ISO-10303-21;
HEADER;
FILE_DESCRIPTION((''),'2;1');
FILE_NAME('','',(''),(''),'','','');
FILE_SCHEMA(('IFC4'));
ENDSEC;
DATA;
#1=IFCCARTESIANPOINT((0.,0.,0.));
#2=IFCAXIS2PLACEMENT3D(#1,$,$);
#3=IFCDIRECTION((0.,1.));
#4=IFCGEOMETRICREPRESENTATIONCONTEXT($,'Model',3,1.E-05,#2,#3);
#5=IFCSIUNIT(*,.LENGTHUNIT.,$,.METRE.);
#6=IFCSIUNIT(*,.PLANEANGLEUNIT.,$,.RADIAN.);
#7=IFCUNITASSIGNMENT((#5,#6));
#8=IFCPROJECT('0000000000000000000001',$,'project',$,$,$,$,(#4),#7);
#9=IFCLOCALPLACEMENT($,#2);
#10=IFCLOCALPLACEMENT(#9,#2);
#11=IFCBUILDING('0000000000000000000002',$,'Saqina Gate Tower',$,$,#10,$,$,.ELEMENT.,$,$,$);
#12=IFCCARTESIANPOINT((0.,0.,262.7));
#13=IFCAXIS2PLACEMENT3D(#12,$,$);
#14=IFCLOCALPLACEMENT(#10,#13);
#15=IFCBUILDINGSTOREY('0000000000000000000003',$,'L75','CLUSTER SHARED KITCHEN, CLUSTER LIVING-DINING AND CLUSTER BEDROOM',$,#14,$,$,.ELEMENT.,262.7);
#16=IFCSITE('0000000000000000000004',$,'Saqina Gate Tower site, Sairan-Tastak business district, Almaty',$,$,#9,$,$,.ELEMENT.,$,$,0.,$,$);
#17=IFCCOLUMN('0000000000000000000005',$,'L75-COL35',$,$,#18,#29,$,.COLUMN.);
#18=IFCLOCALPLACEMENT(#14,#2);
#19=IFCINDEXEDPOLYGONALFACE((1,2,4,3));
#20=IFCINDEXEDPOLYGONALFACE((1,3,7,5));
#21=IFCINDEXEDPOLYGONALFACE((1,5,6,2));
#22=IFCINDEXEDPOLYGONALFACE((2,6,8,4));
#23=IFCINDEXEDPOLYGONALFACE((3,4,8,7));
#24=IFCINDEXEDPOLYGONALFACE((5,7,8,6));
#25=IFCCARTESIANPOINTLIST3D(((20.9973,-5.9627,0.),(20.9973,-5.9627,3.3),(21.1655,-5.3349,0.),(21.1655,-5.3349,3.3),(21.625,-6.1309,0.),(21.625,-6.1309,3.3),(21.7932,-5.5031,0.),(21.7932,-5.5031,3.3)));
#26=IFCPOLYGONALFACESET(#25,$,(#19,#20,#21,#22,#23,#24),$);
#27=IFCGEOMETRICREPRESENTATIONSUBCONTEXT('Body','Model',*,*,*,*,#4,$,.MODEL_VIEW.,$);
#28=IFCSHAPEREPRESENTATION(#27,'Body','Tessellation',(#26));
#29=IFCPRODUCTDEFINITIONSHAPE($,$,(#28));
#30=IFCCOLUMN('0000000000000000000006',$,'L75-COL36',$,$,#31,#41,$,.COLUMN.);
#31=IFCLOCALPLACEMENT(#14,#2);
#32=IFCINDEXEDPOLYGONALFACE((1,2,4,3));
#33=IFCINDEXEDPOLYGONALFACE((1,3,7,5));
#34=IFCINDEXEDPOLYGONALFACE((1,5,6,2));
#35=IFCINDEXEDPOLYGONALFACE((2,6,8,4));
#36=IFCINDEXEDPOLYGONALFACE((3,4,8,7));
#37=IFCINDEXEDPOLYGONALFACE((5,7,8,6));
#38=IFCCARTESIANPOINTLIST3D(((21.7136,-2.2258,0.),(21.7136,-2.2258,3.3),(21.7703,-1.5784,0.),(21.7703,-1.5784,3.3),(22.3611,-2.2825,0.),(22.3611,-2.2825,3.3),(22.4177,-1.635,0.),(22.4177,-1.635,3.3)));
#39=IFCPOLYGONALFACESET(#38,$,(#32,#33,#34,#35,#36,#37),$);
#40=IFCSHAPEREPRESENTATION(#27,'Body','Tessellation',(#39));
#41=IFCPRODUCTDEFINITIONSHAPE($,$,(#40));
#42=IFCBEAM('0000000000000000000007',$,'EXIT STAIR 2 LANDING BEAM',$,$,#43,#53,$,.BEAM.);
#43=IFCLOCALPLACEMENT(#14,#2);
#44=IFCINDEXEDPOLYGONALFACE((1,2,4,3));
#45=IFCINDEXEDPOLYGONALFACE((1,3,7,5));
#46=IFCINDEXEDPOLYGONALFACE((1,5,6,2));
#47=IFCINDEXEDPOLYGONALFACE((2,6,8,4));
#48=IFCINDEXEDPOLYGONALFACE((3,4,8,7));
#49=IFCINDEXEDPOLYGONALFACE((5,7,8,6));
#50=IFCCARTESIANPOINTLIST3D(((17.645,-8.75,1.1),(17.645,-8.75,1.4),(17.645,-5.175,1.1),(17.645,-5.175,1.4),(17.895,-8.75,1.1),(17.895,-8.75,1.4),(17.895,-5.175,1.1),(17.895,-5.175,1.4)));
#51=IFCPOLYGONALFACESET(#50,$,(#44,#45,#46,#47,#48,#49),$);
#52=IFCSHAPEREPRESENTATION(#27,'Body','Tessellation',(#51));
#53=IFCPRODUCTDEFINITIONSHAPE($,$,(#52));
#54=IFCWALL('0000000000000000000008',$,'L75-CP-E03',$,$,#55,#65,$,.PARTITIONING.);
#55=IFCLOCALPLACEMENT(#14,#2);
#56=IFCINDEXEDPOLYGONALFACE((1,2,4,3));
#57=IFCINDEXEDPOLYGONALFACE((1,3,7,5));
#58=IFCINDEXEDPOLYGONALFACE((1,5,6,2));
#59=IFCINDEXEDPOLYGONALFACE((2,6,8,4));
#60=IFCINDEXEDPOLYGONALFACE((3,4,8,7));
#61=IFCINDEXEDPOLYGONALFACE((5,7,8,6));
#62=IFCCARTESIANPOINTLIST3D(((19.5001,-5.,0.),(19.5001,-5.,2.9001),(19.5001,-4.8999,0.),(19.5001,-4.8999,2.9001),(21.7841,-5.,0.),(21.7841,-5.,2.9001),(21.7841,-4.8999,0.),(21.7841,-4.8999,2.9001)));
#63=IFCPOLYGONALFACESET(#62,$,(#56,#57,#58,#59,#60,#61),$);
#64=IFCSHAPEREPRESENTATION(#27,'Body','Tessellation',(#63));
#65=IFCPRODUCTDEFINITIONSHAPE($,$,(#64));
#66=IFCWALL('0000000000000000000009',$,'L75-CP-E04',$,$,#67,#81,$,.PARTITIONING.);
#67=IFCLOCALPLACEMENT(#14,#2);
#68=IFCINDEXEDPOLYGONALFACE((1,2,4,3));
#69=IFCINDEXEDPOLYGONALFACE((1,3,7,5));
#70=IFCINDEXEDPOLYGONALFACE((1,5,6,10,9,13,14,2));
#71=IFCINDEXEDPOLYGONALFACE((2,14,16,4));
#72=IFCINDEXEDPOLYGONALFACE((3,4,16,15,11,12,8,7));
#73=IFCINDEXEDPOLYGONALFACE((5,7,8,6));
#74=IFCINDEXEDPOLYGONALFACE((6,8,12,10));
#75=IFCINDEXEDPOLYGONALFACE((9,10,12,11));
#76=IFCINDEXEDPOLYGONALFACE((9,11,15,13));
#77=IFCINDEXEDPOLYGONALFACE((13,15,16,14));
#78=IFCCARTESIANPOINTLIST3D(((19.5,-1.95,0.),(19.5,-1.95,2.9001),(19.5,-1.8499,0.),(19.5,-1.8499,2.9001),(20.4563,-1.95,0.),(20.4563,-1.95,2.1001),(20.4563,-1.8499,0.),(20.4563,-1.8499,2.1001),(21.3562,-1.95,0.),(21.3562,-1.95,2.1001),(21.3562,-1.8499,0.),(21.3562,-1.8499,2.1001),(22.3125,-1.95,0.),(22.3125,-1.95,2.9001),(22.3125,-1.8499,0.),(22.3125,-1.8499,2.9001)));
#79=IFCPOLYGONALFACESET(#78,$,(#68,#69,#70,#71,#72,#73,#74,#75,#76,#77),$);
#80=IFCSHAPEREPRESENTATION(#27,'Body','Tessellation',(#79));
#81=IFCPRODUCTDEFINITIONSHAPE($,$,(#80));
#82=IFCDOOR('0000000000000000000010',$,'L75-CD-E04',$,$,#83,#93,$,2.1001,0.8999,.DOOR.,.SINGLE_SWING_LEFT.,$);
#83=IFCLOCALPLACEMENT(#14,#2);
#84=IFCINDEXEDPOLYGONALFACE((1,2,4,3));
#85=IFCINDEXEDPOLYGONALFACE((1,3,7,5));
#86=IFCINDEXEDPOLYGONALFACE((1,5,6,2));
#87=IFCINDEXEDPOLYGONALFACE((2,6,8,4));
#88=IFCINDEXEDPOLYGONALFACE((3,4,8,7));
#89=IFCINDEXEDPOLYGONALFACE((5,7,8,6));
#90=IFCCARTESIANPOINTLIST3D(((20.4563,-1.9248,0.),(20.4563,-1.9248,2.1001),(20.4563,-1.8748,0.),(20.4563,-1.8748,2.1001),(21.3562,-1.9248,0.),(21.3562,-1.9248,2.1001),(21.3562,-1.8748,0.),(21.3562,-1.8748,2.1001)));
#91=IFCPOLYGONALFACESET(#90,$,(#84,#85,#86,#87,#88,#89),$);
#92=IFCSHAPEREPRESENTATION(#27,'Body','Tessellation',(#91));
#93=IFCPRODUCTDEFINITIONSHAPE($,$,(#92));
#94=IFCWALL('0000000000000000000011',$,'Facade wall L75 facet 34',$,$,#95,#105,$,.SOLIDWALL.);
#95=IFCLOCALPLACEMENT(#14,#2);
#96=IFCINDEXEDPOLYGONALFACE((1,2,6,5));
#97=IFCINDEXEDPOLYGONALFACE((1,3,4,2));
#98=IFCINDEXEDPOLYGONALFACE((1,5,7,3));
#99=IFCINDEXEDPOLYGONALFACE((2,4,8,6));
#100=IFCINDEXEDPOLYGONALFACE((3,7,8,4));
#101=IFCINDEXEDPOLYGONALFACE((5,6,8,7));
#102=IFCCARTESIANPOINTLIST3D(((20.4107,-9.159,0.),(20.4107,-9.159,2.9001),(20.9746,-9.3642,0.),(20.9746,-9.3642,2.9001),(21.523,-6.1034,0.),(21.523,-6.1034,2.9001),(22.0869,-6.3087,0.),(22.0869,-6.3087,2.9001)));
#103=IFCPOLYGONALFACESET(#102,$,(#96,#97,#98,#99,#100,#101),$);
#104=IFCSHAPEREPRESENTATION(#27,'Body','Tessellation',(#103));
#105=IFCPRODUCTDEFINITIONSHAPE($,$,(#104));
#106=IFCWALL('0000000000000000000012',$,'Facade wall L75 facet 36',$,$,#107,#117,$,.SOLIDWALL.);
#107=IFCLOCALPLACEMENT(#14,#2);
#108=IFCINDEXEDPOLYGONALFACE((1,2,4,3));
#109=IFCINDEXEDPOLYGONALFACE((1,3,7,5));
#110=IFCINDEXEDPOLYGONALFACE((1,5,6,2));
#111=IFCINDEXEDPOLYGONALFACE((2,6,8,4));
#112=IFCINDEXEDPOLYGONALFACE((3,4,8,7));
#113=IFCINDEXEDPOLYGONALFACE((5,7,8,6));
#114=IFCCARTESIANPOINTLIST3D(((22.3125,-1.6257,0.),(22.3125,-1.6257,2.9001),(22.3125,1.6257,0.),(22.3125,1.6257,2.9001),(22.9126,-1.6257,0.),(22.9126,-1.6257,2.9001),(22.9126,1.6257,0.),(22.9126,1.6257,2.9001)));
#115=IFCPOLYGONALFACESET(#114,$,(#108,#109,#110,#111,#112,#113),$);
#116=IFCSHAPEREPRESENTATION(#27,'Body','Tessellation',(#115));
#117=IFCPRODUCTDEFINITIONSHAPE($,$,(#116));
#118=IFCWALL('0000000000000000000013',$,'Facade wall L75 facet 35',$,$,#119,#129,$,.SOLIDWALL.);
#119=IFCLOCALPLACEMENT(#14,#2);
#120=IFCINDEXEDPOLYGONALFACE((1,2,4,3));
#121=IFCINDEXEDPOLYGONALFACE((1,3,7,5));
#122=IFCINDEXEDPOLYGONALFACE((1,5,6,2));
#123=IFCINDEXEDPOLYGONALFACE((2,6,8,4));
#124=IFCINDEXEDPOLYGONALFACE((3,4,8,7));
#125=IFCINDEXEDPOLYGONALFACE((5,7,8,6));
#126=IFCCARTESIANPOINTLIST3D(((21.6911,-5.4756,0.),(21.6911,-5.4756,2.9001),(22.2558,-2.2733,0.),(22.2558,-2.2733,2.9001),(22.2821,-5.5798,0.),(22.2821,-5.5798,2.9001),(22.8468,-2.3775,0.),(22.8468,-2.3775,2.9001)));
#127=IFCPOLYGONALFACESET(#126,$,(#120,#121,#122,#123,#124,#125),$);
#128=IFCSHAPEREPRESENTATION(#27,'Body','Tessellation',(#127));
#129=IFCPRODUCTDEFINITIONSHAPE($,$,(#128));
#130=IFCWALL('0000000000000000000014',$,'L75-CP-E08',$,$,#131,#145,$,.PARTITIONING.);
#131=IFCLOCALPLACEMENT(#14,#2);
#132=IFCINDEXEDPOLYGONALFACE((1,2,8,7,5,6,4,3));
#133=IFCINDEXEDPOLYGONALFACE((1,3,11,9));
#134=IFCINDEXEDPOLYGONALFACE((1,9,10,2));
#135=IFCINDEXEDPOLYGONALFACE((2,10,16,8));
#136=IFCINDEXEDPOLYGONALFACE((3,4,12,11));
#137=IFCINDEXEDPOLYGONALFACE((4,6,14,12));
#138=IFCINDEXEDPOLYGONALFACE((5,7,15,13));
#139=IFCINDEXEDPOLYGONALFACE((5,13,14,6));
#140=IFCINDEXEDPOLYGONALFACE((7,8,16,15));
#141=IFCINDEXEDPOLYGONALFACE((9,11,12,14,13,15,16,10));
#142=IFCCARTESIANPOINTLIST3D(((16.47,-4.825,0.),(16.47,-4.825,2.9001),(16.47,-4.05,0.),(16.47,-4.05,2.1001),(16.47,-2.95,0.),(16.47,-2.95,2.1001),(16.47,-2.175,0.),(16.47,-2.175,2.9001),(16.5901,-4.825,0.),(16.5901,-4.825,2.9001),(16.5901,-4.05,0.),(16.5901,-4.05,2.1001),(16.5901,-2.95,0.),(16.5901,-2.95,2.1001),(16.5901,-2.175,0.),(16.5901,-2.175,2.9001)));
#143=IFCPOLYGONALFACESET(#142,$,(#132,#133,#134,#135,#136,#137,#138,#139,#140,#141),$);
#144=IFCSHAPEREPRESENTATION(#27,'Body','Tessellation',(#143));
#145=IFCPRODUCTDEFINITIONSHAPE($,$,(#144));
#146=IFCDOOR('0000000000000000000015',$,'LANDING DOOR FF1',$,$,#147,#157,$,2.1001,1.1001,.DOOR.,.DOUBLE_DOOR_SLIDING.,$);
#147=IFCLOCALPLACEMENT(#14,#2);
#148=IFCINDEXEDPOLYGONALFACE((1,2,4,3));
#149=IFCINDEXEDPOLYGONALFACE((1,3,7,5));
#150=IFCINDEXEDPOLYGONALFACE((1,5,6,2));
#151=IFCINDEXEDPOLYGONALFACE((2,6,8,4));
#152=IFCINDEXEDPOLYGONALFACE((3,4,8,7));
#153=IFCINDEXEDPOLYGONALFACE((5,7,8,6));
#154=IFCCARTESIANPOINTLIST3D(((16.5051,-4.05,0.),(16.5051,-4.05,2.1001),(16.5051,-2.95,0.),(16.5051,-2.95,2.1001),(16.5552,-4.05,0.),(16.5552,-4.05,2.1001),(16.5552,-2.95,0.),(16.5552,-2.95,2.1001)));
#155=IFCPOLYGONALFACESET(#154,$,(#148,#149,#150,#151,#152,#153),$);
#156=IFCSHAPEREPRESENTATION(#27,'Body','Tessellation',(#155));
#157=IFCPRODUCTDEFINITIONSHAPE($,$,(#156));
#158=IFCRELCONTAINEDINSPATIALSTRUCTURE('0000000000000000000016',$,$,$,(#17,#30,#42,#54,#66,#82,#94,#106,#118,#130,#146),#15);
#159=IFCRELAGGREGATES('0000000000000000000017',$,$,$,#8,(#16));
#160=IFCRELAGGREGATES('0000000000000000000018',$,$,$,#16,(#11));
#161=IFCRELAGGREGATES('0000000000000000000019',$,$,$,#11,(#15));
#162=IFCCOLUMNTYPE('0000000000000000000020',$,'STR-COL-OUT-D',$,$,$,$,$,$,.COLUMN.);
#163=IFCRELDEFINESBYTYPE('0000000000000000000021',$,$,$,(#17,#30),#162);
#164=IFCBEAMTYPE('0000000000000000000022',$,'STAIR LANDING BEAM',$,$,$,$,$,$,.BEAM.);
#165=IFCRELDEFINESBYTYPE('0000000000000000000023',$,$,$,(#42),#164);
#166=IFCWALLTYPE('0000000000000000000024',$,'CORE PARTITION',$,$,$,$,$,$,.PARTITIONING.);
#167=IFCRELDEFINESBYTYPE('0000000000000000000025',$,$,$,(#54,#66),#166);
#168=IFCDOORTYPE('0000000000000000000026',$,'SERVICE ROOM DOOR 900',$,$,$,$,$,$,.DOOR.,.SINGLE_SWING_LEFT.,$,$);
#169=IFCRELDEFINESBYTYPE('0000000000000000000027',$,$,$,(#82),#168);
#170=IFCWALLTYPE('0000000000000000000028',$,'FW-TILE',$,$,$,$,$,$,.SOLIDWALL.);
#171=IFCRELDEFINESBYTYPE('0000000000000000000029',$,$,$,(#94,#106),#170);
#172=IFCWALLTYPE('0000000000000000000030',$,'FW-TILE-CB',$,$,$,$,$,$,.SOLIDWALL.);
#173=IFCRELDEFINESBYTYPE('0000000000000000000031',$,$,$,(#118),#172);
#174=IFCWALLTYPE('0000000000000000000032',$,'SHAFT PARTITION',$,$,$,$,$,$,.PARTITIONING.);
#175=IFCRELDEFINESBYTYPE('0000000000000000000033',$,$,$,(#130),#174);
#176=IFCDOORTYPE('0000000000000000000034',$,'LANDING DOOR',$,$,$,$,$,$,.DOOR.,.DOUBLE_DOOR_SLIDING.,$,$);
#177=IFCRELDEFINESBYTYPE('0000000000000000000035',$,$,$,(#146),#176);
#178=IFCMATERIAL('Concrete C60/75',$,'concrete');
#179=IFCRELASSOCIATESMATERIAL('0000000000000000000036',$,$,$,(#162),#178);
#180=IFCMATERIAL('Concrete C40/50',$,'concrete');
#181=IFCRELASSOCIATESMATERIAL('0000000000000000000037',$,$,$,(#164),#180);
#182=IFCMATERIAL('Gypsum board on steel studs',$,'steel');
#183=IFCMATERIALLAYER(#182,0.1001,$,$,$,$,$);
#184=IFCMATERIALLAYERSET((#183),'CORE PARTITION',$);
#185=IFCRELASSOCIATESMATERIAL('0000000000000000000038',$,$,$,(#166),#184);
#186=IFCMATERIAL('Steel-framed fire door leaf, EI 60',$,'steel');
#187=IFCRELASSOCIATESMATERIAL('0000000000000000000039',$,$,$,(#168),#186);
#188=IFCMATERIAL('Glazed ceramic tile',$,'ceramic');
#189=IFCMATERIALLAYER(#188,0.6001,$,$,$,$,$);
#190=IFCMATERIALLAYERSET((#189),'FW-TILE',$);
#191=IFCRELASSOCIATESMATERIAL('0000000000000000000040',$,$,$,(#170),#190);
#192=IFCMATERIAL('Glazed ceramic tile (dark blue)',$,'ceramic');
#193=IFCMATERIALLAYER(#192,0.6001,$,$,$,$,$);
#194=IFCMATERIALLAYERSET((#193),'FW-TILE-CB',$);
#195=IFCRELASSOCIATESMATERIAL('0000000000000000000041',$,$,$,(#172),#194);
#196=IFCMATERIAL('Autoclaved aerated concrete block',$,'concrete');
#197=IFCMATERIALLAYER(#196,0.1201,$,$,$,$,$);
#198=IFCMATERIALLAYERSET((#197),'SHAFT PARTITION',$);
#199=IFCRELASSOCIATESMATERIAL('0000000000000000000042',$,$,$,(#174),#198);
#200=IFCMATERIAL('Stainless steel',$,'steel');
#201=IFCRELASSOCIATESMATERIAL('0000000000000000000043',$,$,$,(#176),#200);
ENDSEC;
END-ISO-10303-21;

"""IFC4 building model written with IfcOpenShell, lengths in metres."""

from ifc_helpers import new_model, si_unit, direction, frame, frame_2d, origin, origin_2d, place, context, subcontext, project, spatial, rectangle, extrude, material, layer, layer_set, material_profile, profile_set, type_object, element, fill, save


model = new_model("IFC4")

# Units and contexts
model_context = context("Model", 3, precision=1e-05, world=origin(), true_north=direction((0.0, 1.0)))
body_context = subcontext(model_context, "Body", "Model", "MODEL_VIEW")
ifc_project = project(units=[si_unit("LENGTHUNIT", "METRE"), si_unit("PLANEANGLEUNIT", "RADIAN")], contexts=[model_context])

# Site, building, storey
site_placement = place(None, origin())
site = spatial("IfcSite", under=ifc_project, at=site_placement, Name="Saqina Gate Tower site, Sairan-Tastak business district, Almaty", CompositionType="ELEMENT", RefElevation=0.0)
building_placement = place(site_placement, origin())
building = spatial("IfcBuilding", under=site, at=building_placement, Name="Saqina Gate Tower", CompositionType="ELEMENT")
storey_placement = place(building_placement, frame((0.0, 0.0, 262.7)))
storey = spatial("IfcBuildingStorey", under=building, at=storey_placement, Name="L75", Description="CLUSTER SHARED KITCHEN, CLUSTER LIVING-DINING AND CLUSTER BEDROOM", CompositionType="ELEMENT", Elevation=262.7)

# Columns
ifc_material_1 = material(Name="Concrete C60/75", Category="concrete")
ifc_material_profile_1 = material_profile(ifc_material_1, rectangle(XDim=0.6499, YDim=0.6499, at=origin_2d()), Name="RC 650x650")
ifc_profile_set_1 = profile_set([ifc_material_profile_1], Name="Concrete C60/75")
column_type = type_object("IfcColumnType", Name="STR-COL-OUT-D", PredefinedType="COLUMN", material=ifc_profile_set_1)
for number, where, z_axis, x_axis, name in (
    (1, (21.3953, -5.7329, 0.0), (0.0, 0.0, 1.0), (0.965926, -0.258819, 0.0), "L75-COL35"),
    (2, (22.0657, -1.9304, 0.0), (0.0, 0.0, 1.0), (0.996195, -0.087156, 0.0), "L75-COL36"),
):
    element("IfcColumn", number, at=place(storey_placement, frame(where, z_axis=z_axis, x_axis=x_axis)), inside=storey, type_object=column_type, Name=name, PredefinedType="COLUMN", context=body_context, shape_type="SweptSolid", body=[
        extrude(rectangle(XDim=0.6499, YDim=0.6499, at=origin_2d()), origin(), (0.0, 0.0, 1.0), 3.3),
    ])

# Beam
ifc_material_2 = material(Name="Concrete C40/50", Category="concrete")
ifc_material_profile_2 = material_profile(ifc_material_2, rectangle(XDim=0.25, YDim=0.3, at=origin_2d()), Name="STAIR LANDING BEAM")
ifc_profile_set_2 = profile_set([ifc_material_profile_2], Name="Concrete C40/50")
beam_type = type_object("IfcBeamType", Name="STAIR LANDING BEAM", PredefinedType="BEAM", material=ifc_profile_set_2)
beam_placement = place(storey_placement, frame((17.77, -8.75, 1.25), z_axis=(0.0, 1.0, 0.0), x_axis=(-1.0, 0.0, 0.0)))
element("IfcBeam", 3, at=beam_placement, inside=storey, type_object=beam_type, Name="EXIT STAIR 2 LANDING BEAM", PredefinedType="BEAM", context=body_context, shape_type="SweptSolid", body=[
    extrude(rectangle(XDim=0.25, YDim=0.3, at=origin_2d()), origin(), (0.0, 0.0, 1.0), 3.575),
])

# Wall
ifc_material_3 = material(Name="Gypsum board on steel studs", Category="steel")
ifc_layer_1 = layer(ifc_material_3, 0.1001)
ifc_layer_set_1 = layer_set([ifc_layer_1], Name="CORE PARTITION")
wall_type_1 = type_object("IfcWallType", Name="CORE PARTITION", PredefinedType="PARTITIONING", material=ifc_layer_set_1)
wall_1_placement = place(storey_placement, frame((19.5, -4.95, 0.0), z_axis=(0.0, 0.0, 1.0), x_axis=(1.0, 0.0, 0.0)))
element("IfcWall", 4, at=wall_1_placement, inside=storey, type_object=wall_type_1, Name="L75-CP-E03", PredefinedType="PARTITIONING", context=body_context, shape_type="SweptSolid", body=[
    extrude(rectangle(XDim=2.2839, YDim=0.1001, at=frame_2d((1.1421, 0.0))), origin(), (0.0, 0.0, 1.0), 2.9001),
])

# Wall, opening, door
wall_2_placement = place(storey_placement, frame((19.5, -1.8999, 0.0), z_axis=(0.0, 0.0, 1.0), x_axis=(1.0, 0.0, 0.0)))
wall_2 = element("IfcWall", 5, at=wall_2_placement, inside=storey, type_object=wall_type_1, Name="L75-CP-E04", PredefinedType="PARTITIONING", context=body_context, shape_type="SweptSolid", body=[
    extrude(rectangle(XDim=2.8125, YDim=0.1001, at=frame_2d((1.4062, 0.0))), origin(), (0.0, 0.0, 1.0), 2.9001),
])
opening_1_placement = place(wall_2_placement, frame((0.9563, 0.0, 0.0)))
opening_1 = element("IfcOpeningElement", 6, at=opening_1_placement, cuts=wall_2, PredefinedType="OPENING", context=body_context, shape_type="SweptSolid", body=[
    extrude(rectangle(XDim=0.8999, YDim=2.1001, at=frame_2d((0.45, 1.05))), frame((0.0, 0.062, 0.0), z_axis=(0.0, -1.0, 0.0), x_axis=(1.0, 0.0, 0.0)), (0.0, 0.0, 1.0), 0.124),
])
ifc_material_4 = material(Name="Steel-framed fire door leaf, EI 60", Category="steel")
door_type_1 = type_object("IfcDoorType", Name="SERVICE ROOM DOOR 900", OperationType="SINGLE_SWING_LEFT", PredefinedType="DOOR", material=ifc_material_4)
door_1_placement = place(opening_1_placement, frame((0.8999, 0.0, 0.0), z_axis=(0.0, 0.0, 1.0), x_axis=(-1.0, 0.0, 0.0)))
door_1 = element("IfcDoor", 7, at=door_1_placement, inside=storey, type_object=door_type_1, Name="L75-CD-E04", OperationType="SINGLE_SWING_LEFT", OverallHeight=2.1001, OverallWidth=0.8999, PredefinedType="DOOR", context=body_context, shape_type="SweptSolid", body=[
    extrude(rectangle(XDim=0.8999, YDim=2.1001, at=frame_2d((0.45, 1.05))), frame((0.0, 0.0249, 0.0), z_axis=(0.0, -1.0, 0.0), x_axis=(1.0, 0.0, 0.0)), (0.0, 0.0, 1.0), 0.05),
])
fill(opening_1, door_1)

# Walls
ifc_material_5 = material(Name="Glazed ceramic tile", Category="ceramic")
ifc_layer_2 = layer(ifc_material_5, 0.6001)
ifc_layer_set_2 = layer_set([ifc_layer_2], Name="FW-TILE")
wall_type_2 = type_object("IfcWallType", Name="FW-TILE", PredefinedType="SOLIDWALL", material=ifc_layer_set_2)
wall_3_placement = place(storey_placement, frame((20.6926, -9.2617, 0.0), z_axis=(0.0, 0.0, 1.0), x_axis=(0.342057, 0.939679, 0.0)))
element("IfcWall", 8, at=wall_3_placement, inside=storey, type_object=wall_type_2, Name="Facade wall L75 facet 34", PredefinedType="SOLIDWALL", context=body_context, shape_type="SweptSolid", body=[
    extrude(rectangle(XDim=3.2517, YDim=0.6001, at=frame_2d((1.626, 0.0))), origin(), (0.0, 0.0, 1.0), 2.9001),
])
wall_4_placement = place(storey_placement, frame((22.6125, -1.6257, 0.0), z_axis=(0.0, 0.0, 1.0), x_axis=(0.0, 1.0, 0.0)))
element("IfcWall", 9, at=wall_4_placement, inside=storey, type_object=wall_type_2, Name="Facade wall L75 facet 36", PredefinedType="SOLIDWALL", context=body_context, shape_type="SweptSolid", body=[
    extrude(rectangle(XDim=3.2515, YDim=0.6001, at=frame_2d((1.6257, 0.0))), origin(), (0.0, 0.0, 1.0), 2.9001),
])
ifc_material_6 = material(Name="Glazed ceramic tile (dark blue)", Category="ceramic")
ifc_layer_3 = layer(ifc_material_6, 0.6001)
ifc_layer_set_3 = layer_set([ifc_layer_3], Name="FW-TILE-CB")
wall_type_3 = type_object("IfcWallType", Name="FW-TILE-CB", PredefinedType="SOLIDWALL", material=ifc_layer_set_3)
wall_5_placement = place(storey_placement, frame((21.9866, -5.5278, 0.0), z_axis=(0.0, 0.0, 1.0), x_axis=(0.173657, 0.984806, 0.0)))
element("IfcWall", 10, at=wall_5_placement, inside=storey, type_object=wall_type_3, Name="Facade wall L75 facet 35", PredefinedType="SOLIDWALL", context=body_context, shape_type="SweptSolid", body=[
    extrude(rectangle(XDim=3.2517, YDim=0.6001, at=frame_2d((1.626, 0.0))), origin(), (0.0, 0.0, 1.0), 2.9001),
])

# Wall, opening, door
ifc_material_7 = material(Name="Autoclaved aerated concrete block", Category="concrete")
ifc_layer_4 = layer(ifc_material_7, 0.1201)
ifc_layer_set_4 = layer_set([ifc_layer_4], Name="SHAFT PARTITION")
wall_type_4 = type_object("IfcWallType", Name="SHAFT PARTITION", PredefinedType="PARTITIONING", material=ifc_layer_set_4)
wall_6_placement = place(storey_placement, frame((16.53, -4.825, 0.0), z_axis=(0.0, 0.0, 1.0), x_axis=(0.0, 1.0, 0.0)))
wall_6 = element("IfcWall", 11, at=wall_6_placement, inside=storey, type_object=wall_type_4, Name="L75-CP-E08", PredefinedType="PARTITIONING", context=body_context, shape_type="SweptSolid", body=[
    extrude(rectangle(XDim=2.6499, YDim=0.1201, at=frame_2d((1.325, 0.0))), origin(), (0.0, 0.0, 1.0), 2.9001),
])
opening_2_placement = place(wall_6_placement, frame((0.7749, 0.0, 0.0)))
opening_2 = element("IfcOpeningElement", 12, at=opening_2_placement, cuts=wall_6, PredefinedType="OPENING", context=body_context, shape_type="SweptSolid", body=[
    extrude(rectangle(XDim=1.1001, YDim=2.1001, at=frame_2d((0.55, 1.05))), frame((0.0, 0.072, 0.0), z_axis=(0.0, -1.0, 0.0), x_axis=(1.0, 0.0, 0.0)), (0.0, 0.0, 1.0), 0.144),
])
ifc_material_8 = material(Name="Stainless steel", Category="steel")
door_type_2 = type_object("IfcDoorType", Name="LANDING DOOR", OperationType="DOUBLE_DOOR_SLIDING", PredefinedType="DOOR", material=ifc_material_8)
door_2_placement = place(opening_2_placement, origin())
door_2 = element("IfcDoor", 13, at=door_2_placement, inside=storey, type_object=door_type_2, Name="LANDING DOOR FF1", OperationType="DOUBLE_DOOR_SLIDING", OverallHeight=2.1001, OverallWidth=1.1001, PredefinedType="DOOR", context=body_context, shape_type="SweptSolid", body=[
    extrude(rectangle(XDim=1.1001, YDim=2.1001, at=frame_2d((0.55, 1.05))), frame((0.0, 0.0249, 0.0), z_axis=(0.0, -1.0, 0.0), x_axis=(1.0, 0.0, 0.0)), (0.0, 0.0, 1.0), 0.05),
])
fill(opening_2, door_2)

save(model, "model.ifc")
